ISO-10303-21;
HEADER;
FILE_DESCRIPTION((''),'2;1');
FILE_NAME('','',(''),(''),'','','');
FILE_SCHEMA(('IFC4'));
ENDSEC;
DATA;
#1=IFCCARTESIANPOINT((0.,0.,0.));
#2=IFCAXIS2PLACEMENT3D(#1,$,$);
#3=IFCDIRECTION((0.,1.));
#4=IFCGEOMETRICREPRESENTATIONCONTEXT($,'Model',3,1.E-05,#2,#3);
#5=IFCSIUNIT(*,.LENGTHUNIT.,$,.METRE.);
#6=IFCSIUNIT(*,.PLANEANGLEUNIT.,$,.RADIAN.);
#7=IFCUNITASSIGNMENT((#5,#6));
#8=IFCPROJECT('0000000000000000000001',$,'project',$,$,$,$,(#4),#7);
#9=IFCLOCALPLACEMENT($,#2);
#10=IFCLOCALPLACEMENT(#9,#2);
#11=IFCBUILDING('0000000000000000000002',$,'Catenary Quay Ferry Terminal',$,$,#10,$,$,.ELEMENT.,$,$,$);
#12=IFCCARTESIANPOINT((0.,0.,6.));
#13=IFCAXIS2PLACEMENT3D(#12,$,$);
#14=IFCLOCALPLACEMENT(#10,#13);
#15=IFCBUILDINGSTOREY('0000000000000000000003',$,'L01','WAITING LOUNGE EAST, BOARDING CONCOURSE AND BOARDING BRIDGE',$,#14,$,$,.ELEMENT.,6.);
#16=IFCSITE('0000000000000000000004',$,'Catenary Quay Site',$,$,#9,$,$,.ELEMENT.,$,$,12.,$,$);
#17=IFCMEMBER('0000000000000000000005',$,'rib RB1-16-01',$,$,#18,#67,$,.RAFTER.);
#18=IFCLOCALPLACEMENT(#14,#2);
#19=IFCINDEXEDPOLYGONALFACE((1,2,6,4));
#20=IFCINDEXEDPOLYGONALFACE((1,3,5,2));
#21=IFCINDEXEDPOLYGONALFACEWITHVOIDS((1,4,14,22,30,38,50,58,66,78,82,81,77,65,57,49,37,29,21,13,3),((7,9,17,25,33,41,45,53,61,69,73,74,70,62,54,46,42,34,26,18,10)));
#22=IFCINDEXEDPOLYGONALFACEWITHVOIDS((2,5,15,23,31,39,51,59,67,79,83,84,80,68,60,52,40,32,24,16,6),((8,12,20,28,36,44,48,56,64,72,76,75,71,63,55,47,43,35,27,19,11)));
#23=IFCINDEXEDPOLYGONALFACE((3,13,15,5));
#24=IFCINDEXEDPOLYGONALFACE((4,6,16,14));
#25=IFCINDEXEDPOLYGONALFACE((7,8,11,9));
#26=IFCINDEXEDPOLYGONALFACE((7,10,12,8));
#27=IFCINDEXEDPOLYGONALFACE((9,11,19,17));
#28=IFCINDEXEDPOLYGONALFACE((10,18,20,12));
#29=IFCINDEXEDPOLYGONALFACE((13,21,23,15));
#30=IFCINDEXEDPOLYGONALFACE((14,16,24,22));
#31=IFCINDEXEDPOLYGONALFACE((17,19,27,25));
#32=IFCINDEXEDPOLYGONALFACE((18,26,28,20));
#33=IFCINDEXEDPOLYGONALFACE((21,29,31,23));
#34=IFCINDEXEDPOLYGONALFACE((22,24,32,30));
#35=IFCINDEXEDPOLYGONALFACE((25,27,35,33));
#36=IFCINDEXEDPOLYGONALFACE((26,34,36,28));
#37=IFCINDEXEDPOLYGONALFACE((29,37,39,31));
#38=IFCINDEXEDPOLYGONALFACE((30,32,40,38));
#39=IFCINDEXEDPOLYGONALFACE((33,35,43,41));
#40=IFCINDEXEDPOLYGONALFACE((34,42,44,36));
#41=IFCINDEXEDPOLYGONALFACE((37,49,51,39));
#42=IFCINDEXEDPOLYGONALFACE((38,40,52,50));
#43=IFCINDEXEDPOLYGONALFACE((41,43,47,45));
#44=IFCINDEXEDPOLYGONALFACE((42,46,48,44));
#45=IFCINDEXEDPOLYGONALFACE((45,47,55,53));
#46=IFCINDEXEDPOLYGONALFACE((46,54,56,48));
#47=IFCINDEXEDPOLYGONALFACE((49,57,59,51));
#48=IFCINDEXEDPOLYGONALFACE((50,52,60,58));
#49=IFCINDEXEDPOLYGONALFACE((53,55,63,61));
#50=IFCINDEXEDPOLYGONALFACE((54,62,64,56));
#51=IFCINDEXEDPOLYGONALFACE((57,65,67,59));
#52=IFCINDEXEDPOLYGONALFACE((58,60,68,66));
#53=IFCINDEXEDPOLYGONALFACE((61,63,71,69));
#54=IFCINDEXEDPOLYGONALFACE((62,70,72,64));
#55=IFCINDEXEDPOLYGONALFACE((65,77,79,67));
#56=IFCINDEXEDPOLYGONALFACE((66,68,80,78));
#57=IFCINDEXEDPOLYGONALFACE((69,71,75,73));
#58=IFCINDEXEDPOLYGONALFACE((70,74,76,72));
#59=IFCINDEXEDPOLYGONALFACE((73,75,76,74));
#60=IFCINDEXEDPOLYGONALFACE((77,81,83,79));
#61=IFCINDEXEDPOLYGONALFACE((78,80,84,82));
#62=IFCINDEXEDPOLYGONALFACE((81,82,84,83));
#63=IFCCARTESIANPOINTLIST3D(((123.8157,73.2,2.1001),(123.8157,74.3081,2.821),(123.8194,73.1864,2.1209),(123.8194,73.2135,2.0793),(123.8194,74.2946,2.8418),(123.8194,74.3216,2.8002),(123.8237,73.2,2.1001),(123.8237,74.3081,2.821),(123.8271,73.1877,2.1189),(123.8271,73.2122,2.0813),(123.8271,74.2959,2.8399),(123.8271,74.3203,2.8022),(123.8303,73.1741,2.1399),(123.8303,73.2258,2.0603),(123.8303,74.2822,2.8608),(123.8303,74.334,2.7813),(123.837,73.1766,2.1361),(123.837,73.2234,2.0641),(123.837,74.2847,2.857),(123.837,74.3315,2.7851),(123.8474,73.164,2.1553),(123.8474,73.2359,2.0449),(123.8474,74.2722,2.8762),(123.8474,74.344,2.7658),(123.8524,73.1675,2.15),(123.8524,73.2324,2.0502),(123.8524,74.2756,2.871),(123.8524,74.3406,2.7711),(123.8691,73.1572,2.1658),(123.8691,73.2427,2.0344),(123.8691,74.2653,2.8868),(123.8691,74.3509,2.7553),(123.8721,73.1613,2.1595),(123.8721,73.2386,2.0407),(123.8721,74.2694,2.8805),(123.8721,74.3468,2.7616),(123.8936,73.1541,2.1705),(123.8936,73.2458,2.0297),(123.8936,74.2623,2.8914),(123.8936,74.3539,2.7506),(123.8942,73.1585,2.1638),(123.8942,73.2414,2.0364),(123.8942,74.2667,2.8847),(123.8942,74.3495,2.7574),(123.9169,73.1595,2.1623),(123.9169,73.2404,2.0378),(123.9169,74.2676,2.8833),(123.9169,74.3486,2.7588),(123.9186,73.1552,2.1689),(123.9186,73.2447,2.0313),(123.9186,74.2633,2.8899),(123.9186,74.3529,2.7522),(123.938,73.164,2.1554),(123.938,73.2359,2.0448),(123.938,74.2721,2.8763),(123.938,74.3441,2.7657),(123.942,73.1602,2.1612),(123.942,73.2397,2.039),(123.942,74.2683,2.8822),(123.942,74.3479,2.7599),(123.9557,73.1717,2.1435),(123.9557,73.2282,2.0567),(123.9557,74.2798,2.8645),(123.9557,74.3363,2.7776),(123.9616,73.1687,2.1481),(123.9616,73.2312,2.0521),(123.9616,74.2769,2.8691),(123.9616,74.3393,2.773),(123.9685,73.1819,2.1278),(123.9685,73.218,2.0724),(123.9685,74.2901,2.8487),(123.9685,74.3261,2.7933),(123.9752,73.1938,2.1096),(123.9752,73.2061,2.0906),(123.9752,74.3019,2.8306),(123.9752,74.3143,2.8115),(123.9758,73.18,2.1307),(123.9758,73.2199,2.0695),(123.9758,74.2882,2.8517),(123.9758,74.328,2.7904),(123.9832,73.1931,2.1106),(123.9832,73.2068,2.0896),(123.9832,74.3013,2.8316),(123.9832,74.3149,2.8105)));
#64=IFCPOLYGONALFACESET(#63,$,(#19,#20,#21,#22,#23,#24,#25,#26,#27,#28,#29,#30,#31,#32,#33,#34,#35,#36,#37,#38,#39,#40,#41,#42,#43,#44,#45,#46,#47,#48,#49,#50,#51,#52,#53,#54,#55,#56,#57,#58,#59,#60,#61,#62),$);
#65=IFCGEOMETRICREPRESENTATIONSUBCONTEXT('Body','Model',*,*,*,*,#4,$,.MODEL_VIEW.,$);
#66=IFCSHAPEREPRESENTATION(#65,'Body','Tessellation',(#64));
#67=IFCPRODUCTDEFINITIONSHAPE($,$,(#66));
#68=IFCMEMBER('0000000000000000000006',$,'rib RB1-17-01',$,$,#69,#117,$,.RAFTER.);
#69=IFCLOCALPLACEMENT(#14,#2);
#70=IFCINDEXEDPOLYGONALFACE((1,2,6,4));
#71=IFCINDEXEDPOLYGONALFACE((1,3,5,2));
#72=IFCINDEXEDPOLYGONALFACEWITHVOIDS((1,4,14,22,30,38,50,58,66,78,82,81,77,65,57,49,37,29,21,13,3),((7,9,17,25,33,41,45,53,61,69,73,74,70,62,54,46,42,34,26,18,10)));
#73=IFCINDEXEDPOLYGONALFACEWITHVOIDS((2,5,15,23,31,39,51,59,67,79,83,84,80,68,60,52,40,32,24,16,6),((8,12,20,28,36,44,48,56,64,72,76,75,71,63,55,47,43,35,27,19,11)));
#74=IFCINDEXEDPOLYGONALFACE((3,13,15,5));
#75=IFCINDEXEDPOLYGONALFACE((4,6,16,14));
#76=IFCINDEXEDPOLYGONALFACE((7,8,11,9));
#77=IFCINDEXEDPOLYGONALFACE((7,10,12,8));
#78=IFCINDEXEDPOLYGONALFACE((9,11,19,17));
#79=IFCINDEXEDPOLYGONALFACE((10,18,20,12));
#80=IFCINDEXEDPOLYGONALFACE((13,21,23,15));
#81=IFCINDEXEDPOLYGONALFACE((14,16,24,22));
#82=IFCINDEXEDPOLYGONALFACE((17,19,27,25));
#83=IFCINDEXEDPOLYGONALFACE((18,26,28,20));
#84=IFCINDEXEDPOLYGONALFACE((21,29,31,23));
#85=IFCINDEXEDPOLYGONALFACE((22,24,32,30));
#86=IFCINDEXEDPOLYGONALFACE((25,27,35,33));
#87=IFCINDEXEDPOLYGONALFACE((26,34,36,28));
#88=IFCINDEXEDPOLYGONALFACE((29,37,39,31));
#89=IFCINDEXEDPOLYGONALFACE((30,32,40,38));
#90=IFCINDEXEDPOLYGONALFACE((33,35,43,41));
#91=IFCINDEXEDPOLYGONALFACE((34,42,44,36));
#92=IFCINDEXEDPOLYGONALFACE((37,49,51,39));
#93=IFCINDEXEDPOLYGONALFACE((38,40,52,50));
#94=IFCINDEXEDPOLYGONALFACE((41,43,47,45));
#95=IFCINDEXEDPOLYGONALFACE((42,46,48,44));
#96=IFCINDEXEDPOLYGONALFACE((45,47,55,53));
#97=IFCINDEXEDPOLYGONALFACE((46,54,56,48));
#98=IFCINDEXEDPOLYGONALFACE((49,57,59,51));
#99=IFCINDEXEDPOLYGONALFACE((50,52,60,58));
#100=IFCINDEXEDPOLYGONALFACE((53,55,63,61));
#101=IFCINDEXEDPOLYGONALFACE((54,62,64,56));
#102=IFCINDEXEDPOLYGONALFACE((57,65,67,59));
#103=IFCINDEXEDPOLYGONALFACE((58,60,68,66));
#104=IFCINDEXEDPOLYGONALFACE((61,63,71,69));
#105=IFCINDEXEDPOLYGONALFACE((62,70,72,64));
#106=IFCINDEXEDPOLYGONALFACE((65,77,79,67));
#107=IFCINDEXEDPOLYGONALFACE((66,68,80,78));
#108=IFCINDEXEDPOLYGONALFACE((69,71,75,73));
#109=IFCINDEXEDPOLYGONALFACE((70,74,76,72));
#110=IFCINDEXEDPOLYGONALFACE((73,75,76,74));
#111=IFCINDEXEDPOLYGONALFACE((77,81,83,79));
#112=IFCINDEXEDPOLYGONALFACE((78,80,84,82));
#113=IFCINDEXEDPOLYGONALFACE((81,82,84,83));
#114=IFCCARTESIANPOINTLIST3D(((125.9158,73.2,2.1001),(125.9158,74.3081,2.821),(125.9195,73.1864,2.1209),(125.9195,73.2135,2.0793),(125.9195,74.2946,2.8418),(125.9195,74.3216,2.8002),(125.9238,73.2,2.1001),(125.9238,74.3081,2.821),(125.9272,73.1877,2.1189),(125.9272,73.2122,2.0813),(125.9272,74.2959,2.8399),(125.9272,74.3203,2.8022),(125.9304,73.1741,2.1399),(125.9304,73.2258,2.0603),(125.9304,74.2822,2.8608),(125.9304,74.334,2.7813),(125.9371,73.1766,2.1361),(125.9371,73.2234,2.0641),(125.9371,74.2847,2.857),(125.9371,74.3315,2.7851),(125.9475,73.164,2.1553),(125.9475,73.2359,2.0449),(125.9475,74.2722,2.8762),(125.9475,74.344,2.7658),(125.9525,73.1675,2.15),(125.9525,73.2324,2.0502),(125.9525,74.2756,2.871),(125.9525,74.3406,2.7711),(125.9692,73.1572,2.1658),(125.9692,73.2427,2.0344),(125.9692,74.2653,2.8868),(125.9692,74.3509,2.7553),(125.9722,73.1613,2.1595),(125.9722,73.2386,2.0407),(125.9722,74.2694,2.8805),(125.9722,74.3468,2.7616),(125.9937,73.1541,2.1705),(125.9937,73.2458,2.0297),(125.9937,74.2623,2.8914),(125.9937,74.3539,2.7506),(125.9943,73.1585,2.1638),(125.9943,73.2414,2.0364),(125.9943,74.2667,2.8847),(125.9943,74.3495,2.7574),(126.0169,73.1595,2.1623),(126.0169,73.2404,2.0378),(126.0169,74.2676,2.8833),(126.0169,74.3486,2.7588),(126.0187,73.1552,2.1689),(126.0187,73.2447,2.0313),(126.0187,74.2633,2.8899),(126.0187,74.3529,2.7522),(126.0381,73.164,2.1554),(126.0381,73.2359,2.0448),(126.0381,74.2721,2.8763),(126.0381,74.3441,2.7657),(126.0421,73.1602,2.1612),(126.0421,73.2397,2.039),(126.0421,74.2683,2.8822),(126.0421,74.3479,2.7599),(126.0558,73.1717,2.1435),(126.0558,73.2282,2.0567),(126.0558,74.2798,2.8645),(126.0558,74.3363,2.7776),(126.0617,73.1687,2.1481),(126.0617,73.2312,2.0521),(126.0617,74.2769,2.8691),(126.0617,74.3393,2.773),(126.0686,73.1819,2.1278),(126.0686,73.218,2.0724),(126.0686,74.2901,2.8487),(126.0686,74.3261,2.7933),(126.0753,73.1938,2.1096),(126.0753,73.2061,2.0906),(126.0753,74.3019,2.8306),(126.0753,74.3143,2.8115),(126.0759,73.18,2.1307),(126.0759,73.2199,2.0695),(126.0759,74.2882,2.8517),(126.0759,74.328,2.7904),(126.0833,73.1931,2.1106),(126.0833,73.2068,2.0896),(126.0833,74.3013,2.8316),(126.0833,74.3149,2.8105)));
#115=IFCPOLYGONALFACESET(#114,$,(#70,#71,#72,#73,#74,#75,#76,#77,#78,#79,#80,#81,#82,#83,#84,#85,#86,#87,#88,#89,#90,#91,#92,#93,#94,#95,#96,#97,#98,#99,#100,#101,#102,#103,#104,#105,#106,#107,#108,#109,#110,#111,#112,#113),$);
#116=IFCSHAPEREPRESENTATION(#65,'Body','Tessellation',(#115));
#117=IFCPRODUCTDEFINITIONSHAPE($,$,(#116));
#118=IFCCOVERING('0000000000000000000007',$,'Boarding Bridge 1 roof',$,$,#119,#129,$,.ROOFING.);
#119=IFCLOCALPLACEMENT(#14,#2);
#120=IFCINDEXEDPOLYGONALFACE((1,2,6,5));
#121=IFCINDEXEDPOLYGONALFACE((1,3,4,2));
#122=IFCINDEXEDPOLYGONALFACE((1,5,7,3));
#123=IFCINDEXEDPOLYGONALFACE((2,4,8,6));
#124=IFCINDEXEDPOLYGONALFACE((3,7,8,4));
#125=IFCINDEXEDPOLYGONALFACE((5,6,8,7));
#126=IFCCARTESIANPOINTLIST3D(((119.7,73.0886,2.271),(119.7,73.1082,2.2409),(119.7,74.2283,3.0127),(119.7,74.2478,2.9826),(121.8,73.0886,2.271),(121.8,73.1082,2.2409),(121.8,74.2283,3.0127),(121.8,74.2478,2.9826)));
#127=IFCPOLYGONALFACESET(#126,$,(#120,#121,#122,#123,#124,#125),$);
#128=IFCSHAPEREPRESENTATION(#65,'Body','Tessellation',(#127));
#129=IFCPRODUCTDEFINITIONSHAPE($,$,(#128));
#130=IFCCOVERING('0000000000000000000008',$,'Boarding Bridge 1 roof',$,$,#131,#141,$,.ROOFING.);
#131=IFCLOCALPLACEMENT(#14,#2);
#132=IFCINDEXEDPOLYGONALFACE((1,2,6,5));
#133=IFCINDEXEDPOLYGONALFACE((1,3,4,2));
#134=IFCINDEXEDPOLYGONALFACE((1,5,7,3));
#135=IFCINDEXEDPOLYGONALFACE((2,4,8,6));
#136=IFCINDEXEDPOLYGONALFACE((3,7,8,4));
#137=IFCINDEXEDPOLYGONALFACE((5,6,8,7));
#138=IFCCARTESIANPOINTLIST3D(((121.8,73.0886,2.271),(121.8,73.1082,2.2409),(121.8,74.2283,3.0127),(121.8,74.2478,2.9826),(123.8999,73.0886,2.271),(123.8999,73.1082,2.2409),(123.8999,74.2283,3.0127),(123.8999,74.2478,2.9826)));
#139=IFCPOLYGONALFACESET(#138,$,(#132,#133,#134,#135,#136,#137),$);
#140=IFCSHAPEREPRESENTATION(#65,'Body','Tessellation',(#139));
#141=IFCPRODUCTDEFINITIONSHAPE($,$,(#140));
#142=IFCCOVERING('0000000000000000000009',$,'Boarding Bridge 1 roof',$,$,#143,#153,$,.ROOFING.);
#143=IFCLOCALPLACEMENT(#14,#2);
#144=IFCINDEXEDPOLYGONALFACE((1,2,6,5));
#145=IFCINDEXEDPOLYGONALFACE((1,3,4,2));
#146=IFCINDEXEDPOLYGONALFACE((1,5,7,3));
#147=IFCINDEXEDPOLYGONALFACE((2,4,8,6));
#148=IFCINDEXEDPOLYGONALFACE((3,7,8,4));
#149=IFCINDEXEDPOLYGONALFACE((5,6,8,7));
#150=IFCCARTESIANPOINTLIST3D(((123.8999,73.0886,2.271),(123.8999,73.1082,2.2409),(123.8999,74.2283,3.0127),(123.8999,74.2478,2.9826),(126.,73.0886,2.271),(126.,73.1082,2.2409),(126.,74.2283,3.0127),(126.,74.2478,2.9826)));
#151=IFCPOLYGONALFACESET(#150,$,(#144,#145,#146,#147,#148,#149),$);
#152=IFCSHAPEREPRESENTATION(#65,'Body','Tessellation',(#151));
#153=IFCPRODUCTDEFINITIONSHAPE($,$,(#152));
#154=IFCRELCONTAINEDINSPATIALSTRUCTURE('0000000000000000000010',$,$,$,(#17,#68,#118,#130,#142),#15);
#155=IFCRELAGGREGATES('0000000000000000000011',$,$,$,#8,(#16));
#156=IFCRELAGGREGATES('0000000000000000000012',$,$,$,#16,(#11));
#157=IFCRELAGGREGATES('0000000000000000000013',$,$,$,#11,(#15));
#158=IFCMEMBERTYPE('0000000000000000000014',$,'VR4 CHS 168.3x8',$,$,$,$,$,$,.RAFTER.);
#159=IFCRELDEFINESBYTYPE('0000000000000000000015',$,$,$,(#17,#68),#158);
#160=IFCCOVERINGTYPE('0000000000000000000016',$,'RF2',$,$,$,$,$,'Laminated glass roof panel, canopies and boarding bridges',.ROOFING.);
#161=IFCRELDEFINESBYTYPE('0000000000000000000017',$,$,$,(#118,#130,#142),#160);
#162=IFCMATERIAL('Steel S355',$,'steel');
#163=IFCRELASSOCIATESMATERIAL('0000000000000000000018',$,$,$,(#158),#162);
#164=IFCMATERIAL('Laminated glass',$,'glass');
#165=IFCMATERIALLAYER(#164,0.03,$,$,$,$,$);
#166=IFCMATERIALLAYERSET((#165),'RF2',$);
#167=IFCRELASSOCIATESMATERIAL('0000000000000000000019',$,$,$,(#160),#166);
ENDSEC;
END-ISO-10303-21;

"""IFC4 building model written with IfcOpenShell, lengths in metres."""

from ifc_helpers import new_model, si_unit, direction, frame, origin, origin_2d, place, context, subcontext, project, spatial, polyline, hollow_circle, outline, extrude, material, layer, layer_set, material_profile, profile_set, type_object, element, save


model = new_model("IFC4")

# Units and contexts
model_context = context("Model", 3, precision=1e-05, world=origin(), true_north=direction((0.0, 1.0)))
body_context = subcontext(model_context, "Body", "Model", "MODEL_VIEW")
ifc_project = project(units=[si_unit("LENGTHUNIT", "METRE"), si_unit("PLANEANGLEUNIT", "RADIAN")], contexts=[model_context])

# Site, building, storey
site_placement = place(None, origin())
site = spatial("IfcSite", under=ifc_project, at=site_placement, Name="Catenary Quay Site", CompositionType="ELEMENT", RefElevation=12.0)
building_placement = place(site_placement, origin())
building = spatial("IfcBuilding", under=site, at=building_placement, Name="Catenary Quay Ferry Terminal", CompositionType="ELEMENT")
storey_placement = place(building_placement, frame((0.0, 0.0, 6.0)))
storey = spatial("IfcBuildingStorey", under=building, at=storey_placement, Name="L01", Description="WAITING LOUNGE EAST, BOARDING CONCOURSE AND BOARDING BRIDGE", CompositionType="ELEMENT", Elevation=6.0)

# Members
ifc_material_1 = material(Name="Steel S355", Category="steel")
ifc_material_profile_1 = material_profile(ifc_material_1, hollow_circle(Radius=0.0842, WallThickness=0.0081, at=origin_2d()), Name="CHS 168.3x8")
ifc_profile_set_1 = profile_set([ifc_material_profile_1], Name="Steel S355")
member_type_1 = type_object("IfcMemberType", Name="VR4 CHS 168.3x8", PredefinedType="RAFTER", material=ifc_profile_set_1)
for number, where, z_axis, x_axis, name in (
    (1, (123.8999, 73.2, 2.1001), (0.0, 0.83822, 0.545332), (-1.0, 0.0, 0.0), "rib RB1-16-01"),
    (2, (126.0, 73.2, 2.1001), (0.0, 0.83822, 0.545332), (-1.0, 0.0, 0.0), "rib RB1-17-01"),
):
    element("IfcMember", number, at=place(storey_placement, frame(where, z_axis=z_axis, x_axis=x_axis)), inside=storey, type_object=member_type_1, Name=name, PredefinedType="RAFTER", context=body_context, shape_type="SweptSolid", body=[
        extrude(hollow_circle(Radius=0.0842, WallThickness=0.0081, at=origin_2d()), origin(), (0.0, 0.0, 1.0), 1.322),
    ])

# Coverings
ifc_material_2 = material(Name="Laminated glass", Category="glass")
ifc_layer = layer(ifc_material_2, 0.03)
ifc_layer_set = layer_set([ifc_layer], Name="RF2")
covering_type = type_object("IfcCoveringType", Name="RF2", ElementType="Laminated glass roof panel, canopies and boarding bridges", PredefinedType="ROOFING", material=ifc_layer_set)
covering_1_placement = place(storey_placement, frame((119.7, 73.0886, 2.271), z_axis=(0.0, -0.545468, 0.838132), x_axis=(1.0, 0.0, 0.0)))
element("IfcCovering", 3, at=covering_1_placement, inside=storey, type_object=covering_type, Name="Boarding Bridge 1 roof", PredefinedType="ROOFING", context=body_context, shape_type="SweptSolid", body=[
    extrude(outline(polyline([(0.0, 0.0), (2.1001, 0.0), (2.1001, 1.3597), (0.0, 1.3597), (0.0, 0.0)])), origin(), (0.0, 0.0, -1.0), 0.0359),
])
covering_2_placement = place(storey_placement, frame((121.8, 73.0886, 2.271), z_axis=(0.0, -0.545468, 0.838132), x_axis=(1.0, 0.0, 0.0)))
element("IfcCovering", 4, at=covering_2_placement, inside=storey, type_object=covering_type, Name="Boarding Bridge 1 roof", PredefinedType="ROOFING", context=body_context, shape_type="SweptSolid", body=[
    extrude(outline(polyline([(0.0, 0.0), (2.0999, 0.0), (2.0999, 1.3597), (0.0, 1.3597), (0.0, 0.0)])), origin(), (0.0, 0.0, -1.0), 0.0359),
])
covering_3_placement = place(storey_placement, frame((123.8999, 73.0886, 2.271), z_axis=(0.0, -0.545468, 0.838132), x_axis=(1.0, 0.0, 0.0)))
element("IfcCovering", 5, at=covering_3_placement, inside=storey, type_object=covering_type, Name="Boarding Bridge 1 roof", PredefinedType="ROOFING", context=body_context, shape_type="SweptSolid", body=[
    extrude(outline(polyline([(0.0, 0.0), (2.1001, 0.0), (2.1001, 1.3597), (0.0, 1.3597), (0.0, 0.0)])), origin(), (0.0, 0.0, -1.0), 0.0359),
])

save(model, "model.ifc")
